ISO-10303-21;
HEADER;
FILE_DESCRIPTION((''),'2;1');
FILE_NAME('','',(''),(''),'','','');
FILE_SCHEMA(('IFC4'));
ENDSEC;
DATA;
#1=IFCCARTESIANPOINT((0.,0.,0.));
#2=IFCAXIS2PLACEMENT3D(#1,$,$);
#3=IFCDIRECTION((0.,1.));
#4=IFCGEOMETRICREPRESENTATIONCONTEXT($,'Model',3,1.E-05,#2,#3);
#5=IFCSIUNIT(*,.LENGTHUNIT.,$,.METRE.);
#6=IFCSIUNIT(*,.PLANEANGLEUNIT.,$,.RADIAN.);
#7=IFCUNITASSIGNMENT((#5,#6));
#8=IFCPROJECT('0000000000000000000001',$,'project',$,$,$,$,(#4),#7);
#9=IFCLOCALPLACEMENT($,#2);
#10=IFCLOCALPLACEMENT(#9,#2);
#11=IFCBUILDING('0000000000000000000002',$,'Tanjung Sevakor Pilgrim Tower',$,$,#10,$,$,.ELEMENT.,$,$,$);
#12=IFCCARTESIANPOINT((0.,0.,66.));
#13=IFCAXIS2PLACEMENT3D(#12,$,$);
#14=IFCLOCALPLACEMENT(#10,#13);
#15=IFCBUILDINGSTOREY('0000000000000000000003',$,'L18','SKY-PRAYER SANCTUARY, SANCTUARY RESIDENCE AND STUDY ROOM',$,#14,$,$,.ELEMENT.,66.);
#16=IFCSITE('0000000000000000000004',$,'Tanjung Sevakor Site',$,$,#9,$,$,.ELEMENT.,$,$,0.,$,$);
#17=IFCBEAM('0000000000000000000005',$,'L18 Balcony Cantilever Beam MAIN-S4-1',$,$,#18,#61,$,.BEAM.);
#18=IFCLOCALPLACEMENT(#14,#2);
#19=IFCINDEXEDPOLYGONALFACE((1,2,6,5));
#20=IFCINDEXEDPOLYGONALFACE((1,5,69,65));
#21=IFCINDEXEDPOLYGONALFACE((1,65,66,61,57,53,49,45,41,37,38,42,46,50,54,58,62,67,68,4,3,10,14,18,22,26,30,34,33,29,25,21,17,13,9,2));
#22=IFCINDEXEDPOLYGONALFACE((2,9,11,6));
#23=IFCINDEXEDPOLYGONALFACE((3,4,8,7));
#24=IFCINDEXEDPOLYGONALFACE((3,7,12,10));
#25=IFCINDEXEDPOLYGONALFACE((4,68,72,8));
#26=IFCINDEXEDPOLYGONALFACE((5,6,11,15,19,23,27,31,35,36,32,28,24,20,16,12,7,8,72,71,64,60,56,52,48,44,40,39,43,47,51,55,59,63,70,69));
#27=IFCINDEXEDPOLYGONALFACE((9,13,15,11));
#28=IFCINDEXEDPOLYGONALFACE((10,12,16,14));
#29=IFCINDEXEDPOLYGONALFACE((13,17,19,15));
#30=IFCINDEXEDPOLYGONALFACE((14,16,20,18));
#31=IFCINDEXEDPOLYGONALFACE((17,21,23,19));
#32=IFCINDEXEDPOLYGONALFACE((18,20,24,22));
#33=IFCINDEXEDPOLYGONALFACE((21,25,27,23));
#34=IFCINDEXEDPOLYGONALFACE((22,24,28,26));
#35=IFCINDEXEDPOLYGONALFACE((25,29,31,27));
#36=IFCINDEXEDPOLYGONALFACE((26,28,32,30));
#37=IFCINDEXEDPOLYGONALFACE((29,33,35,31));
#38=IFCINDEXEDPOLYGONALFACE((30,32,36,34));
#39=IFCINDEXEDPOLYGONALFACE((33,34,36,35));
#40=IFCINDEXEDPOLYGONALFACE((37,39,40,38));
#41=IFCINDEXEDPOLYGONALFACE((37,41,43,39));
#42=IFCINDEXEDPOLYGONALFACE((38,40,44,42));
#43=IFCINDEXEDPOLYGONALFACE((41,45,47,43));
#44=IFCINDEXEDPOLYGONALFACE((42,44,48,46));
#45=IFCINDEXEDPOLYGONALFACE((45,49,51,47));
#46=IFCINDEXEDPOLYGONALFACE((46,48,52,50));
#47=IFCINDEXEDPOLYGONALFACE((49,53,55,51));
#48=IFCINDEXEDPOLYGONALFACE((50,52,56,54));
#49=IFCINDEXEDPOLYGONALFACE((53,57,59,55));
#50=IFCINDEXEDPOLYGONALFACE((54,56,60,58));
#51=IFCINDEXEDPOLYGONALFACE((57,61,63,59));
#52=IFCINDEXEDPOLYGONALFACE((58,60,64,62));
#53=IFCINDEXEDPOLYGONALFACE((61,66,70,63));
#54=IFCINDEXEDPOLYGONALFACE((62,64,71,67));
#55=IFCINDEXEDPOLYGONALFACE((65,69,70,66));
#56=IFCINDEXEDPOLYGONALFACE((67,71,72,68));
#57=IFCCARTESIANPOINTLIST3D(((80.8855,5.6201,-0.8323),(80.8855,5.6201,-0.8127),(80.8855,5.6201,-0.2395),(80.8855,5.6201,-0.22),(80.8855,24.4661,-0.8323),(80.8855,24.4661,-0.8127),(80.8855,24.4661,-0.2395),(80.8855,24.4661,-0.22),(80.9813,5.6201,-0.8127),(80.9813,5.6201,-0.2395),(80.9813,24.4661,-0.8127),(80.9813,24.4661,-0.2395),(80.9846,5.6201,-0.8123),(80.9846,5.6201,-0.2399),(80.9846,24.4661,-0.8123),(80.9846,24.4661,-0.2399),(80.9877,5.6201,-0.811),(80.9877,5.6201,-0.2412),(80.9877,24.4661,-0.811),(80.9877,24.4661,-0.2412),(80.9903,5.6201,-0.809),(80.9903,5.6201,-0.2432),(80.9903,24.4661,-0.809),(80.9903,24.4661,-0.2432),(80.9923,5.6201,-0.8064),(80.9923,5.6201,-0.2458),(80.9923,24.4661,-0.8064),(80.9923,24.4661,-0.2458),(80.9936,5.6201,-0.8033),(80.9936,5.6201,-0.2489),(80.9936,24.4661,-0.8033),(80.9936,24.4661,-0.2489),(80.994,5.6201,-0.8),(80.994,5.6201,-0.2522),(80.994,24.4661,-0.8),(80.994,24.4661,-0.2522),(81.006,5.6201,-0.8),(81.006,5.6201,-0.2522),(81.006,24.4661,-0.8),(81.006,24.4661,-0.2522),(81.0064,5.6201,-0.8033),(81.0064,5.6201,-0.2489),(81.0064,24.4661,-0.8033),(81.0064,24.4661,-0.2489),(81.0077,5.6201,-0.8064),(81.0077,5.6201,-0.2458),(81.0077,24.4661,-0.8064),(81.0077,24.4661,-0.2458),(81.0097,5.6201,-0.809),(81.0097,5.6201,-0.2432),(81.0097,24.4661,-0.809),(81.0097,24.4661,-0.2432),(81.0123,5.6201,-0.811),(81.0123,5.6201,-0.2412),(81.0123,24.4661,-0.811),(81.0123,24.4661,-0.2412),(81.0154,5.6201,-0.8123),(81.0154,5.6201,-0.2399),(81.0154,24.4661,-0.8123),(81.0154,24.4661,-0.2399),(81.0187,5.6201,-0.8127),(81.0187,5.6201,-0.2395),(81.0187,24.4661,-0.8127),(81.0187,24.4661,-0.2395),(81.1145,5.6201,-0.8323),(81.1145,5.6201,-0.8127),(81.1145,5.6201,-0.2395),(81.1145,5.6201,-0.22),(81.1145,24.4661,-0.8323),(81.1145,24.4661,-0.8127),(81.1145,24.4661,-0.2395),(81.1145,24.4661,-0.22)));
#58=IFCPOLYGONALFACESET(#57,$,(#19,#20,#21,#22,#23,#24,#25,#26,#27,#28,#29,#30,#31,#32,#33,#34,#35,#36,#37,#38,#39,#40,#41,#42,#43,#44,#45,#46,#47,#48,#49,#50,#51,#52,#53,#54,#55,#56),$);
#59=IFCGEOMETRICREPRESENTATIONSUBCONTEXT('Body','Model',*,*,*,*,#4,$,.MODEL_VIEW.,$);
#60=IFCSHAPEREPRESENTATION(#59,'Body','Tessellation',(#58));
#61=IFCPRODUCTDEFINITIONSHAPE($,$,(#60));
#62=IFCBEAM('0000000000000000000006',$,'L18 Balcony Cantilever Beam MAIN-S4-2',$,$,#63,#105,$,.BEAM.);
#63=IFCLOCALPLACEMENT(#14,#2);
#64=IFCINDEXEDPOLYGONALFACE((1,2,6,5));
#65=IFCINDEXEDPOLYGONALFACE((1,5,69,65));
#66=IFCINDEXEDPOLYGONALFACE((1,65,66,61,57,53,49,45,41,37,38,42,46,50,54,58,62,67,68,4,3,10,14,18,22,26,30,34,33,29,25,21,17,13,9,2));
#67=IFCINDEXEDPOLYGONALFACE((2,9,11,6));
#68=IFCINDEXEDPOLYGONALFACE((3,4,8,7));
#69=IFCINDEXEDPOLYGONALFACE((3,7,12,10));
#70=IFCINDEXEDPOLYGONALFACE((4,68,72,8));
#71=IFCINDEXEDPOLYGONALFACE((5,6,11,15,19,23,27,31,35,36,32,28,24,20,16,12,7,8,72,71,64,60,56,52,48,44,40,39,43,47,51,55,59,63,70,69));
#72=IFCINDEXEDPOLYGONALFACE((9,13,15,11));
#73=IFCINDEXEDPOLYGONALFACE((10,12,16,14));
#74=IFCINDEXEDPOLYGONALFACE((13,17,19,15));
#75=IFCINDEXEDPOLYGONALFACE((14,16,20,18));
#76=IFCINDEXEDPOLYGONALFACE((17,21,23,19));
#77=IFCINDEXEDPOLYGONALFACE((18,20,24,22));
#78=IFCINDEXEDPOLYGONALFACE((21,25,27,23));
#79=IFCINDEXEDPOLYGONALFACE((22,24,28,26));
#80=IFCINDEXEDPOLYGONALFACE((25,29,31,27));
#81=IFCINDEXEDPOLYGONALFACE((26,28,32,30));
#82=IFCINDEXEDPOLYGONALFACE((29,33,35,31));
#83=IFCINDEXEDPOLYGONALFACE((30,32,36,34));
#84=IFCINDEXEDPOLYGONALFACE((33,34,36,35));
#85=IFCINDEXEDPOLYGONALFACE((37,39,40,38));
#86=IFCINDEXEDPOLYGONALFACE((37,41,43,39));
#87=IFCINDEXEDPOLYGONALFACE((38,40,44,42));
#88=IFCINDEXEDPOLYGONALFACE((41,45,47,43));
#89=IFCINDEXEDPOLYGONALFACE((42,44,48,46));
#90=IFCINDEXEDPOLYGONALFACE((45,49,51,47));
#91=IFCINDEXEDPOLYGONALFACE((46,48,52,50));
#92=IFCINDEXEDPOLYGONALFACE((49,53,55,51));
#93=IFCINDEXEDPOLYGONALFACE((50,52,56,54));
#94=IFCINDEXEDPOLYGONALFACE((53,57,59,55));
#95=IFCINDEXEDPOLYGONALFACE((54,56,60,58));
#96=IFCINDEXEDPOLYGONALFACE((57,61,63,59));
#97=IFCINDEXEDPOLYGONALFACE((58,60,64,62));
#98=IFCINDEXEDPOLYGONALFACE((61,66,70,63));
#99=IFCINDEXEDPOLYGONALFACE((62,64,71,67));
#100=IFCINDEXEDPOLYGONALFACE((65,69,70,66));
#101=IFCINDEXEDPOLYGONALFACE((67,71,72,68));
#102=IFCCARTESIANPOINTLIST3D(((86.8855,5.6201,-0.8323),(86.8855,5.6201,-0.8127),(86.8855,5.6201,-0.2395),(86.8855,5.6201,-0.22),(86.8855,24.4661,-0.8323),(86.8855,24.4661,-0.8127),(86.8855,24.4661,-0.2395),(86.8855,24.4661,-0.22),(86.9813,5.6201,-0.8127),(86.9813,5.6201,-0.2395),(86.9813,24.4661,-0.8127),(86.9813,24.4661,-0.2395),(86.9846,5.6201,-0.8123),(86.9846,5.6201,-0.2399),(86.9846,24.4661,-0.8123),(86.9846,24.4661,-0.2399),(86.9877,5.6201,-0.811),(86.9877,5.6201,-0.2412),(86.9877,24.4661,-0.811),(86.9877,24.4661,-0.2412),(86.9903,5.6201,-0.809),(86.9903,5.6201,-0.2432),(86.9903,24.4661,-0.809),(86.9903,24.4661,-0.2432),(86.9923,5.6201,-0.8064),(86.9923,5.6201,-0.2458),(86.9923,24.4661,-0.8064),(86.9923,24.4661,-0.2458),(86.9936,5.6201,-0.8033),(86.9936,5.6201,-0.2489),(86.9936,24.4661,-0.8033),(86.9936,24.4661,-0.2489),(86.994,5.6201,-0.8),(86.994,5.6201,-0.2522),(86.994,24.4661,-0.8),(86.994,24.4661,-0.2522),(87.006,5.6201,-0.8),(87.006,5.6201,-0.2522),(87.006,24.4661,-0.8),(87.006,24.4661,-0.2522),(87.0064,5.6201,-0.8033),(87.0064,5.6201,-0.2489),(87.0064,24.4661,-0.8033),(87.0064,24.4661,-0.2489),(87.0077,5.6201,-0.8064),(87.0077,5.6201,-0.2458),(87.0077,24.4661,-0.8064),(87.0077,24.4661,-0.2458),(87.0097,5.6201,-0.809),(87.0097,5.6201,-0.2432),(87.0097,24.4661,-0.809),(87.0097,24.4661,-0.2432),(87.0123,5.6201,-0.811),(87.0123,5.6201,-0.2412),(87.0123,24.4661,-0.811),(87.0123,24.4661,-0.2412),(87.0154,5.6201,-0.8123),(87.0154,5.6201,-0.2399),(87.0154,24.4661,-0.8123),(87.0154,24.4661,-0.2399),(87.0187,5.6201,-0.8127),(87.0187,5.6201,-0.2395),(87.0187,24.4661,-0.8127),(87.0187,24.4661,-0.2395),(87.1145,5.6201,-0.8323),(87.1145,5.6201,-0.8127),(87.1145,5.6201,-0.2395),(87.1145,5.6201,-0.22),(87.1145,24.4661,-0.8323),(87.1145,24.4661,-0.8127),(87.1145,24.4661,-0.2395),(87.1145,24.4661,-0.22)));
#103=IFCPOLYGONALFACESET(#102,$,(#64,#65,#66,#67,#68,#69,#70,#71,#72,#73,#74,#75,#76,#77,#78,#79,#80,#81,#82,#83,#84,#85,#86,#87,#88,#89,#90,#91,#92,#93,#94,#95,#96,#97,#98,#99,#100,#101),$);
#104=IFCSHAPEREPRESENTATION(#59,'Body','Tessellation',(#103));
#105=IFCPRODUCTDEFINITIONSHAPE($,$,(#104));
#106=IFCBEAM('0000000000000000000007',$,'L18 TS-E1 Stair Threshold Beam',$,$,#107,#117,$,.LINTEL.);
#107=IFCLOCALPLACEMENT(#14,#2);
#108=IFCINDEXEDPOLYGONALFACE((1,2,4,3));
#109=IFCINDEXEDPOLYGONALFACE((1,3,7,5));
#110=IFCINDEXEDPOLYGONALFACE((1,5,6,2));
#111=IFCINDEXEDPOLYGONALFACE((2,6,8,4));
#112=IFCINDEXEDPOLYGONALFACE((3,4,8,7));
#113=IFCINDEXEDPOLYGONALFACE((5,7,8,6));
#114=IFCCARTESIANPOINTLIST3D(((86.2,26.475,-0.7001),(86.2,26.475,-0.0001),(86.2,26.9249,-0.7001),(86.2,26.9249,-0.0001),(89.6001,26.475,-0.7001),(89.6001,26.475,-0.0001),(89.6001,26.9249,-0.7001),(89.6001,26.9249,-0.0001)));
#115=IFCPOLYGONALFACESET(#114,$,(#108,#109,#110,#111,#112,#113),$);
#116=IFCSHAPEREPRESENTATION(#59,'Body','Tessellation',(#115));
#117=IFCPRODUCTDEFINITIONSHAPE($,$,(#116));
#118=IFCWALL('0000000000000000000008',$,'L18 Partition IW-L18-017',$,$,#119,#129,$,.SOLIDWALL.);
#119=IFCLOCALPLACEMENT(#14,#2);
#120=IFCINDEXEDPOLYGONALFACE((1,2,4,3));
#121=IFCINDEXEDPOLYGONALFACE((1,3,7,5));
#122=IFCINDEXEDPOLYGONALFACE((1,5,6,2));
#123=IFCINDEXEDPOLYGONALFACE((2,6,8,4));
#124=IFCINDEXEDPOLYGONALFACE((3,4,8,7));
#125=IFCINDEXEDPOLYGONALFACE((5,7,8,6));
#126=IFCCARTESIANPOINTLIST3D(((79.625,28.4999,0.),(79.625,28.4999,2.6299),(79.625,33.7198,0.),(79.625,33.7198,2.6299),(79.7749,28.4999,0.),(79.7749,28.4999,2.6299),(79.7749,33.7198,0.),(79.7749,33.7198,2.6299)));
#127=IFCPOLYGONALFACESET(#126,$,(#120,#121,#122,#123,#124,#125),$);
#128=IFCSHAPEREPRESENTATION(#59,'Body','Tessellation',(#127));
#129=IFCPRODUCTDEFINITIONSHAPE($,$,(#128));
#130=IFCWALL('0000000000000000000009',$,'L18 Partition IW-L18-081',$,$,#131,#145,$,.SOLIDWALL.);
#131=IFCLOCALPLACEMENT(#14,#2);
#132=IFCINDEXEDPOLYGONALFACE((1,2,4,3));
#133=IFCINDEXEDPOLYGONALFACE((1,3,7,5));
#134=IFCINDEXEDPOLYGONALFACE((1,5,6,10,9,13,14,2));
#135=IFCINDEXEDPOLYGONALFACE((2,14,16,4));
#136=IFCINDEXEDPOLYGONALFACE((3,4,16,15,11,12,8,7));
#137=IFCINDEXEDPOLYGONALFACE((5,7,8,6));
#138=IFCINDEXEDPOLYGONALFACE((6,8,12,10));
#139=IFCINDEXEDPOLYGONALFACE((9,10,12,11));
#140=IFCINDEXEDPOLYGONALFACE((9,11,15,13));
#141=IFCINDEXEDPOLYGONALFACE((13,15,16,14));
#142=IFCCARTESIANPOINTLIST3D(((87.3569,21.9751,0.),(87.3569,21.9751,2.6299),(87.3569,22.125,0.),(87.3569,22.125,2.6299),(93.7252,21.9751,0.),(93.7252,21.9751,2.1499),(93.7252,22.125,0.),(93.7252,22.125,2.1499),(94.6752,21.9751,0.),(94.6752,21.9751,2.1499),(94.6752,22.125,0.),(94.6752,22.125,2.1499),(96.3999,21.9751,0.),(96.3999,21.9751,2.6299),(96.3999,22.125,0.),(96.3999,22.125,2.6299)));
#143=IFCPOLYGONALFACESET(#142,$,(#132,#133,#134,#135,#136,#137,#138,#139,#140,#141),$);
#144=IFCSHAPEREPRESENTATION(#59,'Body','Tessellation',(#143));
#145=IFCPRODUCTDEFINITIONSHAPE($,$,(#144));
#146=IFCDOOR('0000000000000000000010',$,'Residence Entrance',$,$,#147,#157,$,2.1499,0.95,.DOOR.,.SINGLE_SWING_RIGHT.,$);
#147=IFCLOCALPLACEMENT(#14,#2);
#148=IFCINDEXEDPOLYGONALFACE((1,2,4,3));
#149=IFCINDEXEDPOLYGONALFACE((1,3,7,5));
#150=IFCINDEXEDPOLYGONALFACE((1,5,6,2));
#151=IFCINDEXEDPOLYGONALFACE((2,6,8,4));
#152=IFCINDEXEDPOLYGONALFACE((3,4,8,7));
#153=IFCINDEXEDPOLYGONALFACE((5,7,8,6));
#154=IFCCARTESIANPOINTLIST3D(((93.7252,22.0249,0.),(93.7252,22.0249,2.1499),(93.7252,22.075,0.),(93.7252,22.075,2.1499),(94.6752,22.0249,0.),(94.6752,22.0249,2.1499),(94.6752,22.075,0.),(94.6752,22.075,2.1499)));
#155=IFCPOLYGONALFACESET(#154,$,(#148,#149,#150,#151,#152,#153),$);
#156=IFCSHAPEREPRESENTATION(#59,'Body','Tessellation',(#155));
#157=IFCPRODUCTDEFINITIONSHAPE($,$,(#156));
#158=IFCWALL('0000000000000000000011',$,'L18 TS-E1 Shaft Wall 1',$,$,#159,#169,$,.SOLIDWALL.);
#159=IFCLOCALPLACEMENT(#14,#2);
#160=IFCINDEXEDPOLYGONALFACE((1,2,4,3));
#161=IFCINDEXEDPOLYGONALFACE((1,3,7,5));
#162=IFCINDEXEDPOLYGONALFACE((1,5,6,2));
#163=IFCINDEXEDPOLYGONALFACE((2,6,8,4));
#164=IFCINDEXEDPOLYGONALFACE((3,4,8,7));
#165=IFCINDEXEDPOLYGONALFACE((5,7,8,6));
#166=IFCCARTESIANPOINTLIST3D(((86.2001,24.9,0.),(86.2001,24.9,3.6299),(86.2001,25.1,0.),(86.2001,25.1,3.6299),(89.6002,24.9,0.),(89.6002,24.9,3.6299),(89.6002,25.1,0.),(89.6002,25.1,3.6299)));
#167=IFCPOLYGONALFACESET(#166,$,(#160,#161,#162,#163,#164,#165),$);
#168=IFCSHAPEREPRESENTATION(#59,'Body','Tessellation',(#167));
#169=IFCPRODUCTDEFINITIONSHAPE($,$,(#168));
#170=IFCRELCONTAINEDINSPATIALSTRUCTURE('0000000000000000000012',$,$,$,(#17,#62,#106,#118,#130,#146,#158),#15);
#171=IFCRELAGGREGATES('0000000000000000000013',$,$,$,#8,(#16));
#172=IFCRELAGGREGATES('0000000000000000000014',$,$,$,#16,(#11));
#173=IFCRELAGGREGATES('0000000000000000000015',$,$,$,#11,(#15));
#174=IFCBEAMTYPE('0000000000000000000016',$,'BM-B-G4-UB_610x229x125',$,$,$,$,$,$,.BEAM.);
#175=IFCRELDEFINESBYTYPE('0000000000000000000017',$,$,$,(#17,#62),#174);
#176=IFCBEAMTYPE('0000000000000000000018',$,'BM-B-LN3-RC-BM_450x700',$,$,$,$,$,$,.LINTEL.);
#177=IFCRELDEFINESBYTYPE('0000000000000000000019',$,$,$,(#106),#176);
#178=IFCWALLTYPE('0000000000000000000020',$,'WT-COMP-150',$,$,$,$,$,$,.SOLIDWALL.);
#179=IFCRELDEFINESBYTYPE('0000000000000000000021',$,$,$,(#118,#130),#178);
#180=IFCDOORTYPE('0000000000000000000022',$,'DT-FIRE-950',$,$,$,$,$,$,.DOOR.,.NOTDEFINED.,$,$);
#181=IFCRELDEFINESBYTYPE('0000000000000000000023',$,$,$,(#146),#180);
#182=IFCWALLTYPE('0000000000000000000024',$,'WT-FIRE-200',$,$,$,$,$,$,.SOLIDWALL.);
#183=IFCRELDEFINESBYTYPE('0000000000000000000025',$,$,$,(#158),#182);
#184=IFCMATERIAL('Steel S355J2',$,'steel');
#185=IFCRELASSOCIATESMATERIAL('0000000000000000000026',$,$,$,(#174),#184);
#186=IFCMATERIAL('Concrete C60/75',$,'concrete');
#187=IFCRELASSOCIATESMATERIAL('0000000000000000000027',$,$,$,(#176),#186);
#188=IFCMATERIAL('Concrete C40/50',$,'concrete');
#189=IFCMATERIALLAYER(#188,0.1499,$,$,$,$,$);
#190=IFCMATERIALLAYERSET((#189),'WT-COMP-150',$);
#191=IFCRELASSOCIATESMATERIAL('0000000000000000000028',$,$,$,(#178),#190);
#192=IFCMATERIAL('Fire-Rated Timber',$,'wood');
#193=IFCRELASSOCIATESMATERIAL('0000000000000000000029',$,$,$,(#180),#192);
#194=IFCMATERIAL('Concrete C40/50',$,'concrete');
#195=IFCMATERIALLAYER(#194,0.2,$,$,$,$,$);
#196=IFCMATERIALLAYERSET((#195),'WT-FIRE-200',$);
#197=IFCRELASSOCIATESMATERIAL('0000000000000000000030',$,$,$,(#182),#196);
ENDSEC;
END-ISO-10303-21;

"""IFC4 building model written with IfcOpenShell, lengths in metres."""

from ifc_helpers import new_model, si_unit, direction, frame, frame_2d, origin, origin_2d, place, context, subcontext, project, spatial, rectangle, i_section, extrude, material, layer, layer_set, material_profile, profile_set, type_object, element, fill, save


model = new_model("IFC4")

# Units and contexts
model_context = context("Model", 3, precision=1e-05, world=origin(), true_north=direction((0.0, 1.0)))
body_context = subcontext(model_context, "Body", "Model", "MODEL_VIEW")
ifc_project = project(units=[si_unit("LENGTHUNIT", "METRE"), si_unit("PLANEANGLEUNIT", "RADIAN")], contexts=[model_context])

# Site, building, storey
site_placement = place(None, origin())
site = spatial("IfcSite", under=ifc_project, at=site_placement, Name="Tanjung Sevakor Site", CompositionType="ELEMENT", RefElevation=0.0)
building_placement = place(site_placement, origin())
building = spatial("IfcBuilding", under=site, at=building_placement, Name="Tanjung Sevakor Pilgrim Tower", CompositionType="ELEMENT")
storey_placement = place(building_placement, frame((0.0, 0.0, 66.0)))
storey = spatial("IfcBuildingStorey", under=building, at=storey_placement, Name="L18", Description="SKY-PRAYER SANCTUARY, SANCTUARY RESIDENCE AND STUDY ROOM", CompositionType="ELEMENT", Elevation=66.0)

# Beams
ifc_material_1 = material(Name="Steel S355J2", Category="steel")
ifc_material_profile_1 = material_profile(ifc_material_1, i_section(OverallWidth=0.229, OverallDepth=0.6123, WebThickness=0.012, FlangeThickness=0.0195, FilletRadius=0.0127, at=origin_2d()))
ifc_profile_set_1 = profile_set([ifc_material_profile_1], Name="Steel S355J2")
beam_type_1 = type_object("IfcBeamType", Name="BM-B-G4-UB_610x229x125", PredefinedType="BEAM", material=ifc_profile_set_1)
for number, where, z_axis, x_axis, name in (
    (1, (81.0, 24.4661, -0.5261), (0.0, -1.0, 0.0), (1.0, 0.0, 0.0), "L18 Balcony Cantilever Beam MAIN-S4-1"),
    (2, (87.0, 24.4661, -0.5261), (0.0, -1.0, 0.0), (1.0, 0.0, 0.0), "L18 Balcony Cantilever Beam MAIN-S4-2"),
):
    element("IfcBeam", number, at=place(storey_placement, frame(where, z_axis=z_axis, x_axis=x_axis)), inside=storey, type_object=beam_type_1, Name=name, PredefinedType="BEAM", context=body_context, shape_type="SweptSolid", body=[
        extrude(i_section(OverallWidth=0.229, OverallDepth=0.6123, WebThickness=0.012, FlangeThickness=0.0195, FilletRadius=0.0127, at=origin_2d()), origin(), (0.0, 0.0, 1.0), 18.8459),
    ])
ifc_material_2 = material(Name="Concrete C60/75", Category="concrete")
ifc_material_profile_2 = material_profile(ifc_material_2, rectangle(XDim=0.45, YDim=0.7, at=origin_2d()))
ifc_profile_set_2 = profile_set([ifc_material_profile_2], Name="Concrete C60/75")
beam_type_2 = type_object("IfcBeamType", Name="BM-B-LN3-RC-BM_450x700", PredefinedType="LINTEL", material=ifc_profile_set_2)
beam_placement = place(storey_placement, frame((86.2, 26.7, -0.3501), z_axis=(1.0, 0.0, 0.0), x_axis=(0.0, 1.0, 0.0)))
element("IfcBeam", 3, at=beam_placement, inside=storey, type_object=beam_type_2, Name="L18 TS-E1 Stair Threshold Beam", PredefinedType="LINTEL", context=body_context, shape_type="SweptSolid", body=[
    extrude(rectangle(XDim=0.45, YDim=0.7, at=origin_2d()), origin(), (0.0, 0.0, 1.0), 3.4001),
])

# Wall
ifc_material_3 = material(Name="Concrete C40/50", Category="concrete")
ifc_layer_1 = layer(ifc_material_3, 0.1499)
ifc_layer_set_1 = layer_set([ifc_layer_1], Name="WT-COMP-150")
wall_type_1 = type_object("IfcWallType", Name="WT-COMP-150", PredefinedType="SOLIDWALL", material=ifc_layer_set_1)
wall_1_placement = place(storey_placement, frame((79.7, 28.5, 0.0), z_axis=(0.0, 0.0, 1.0), x_axis=(0.0, 1.0, 0.0)))
element("IfcWall", 4, at=wall_1_placement, inside=storey, type_object=wall_type_1, Name="L18 Partition IW-L18-017", PredefinedType="SOLIDWALL", context=body_context, shape_type="SweptSolid", body=[
    extrude(rectangle(XDim=5.22, YDim=0.1499, at=frame_2d((2.6099, 0.0))), origin(), (0.0, 0.0, 1.0), 2.6299),
])

# Wall, opening, door
ifc_material_4 = material(Name="Fire-Rated Timber", Category="wood")
door_type_1 = type_object("IfcDoorType", Name="DT-FIRE-950", OperationType="NOTDEFINED", PredefinedType="DOOR", material=ifc_material_4)
wall_2_placement = place(storey_placement, frame((87.3569, 22.05, 0.0), z_axis=(0.0, 0.0, 1.0), x_axis=(1.0, 0.0, 0.0)))
wall_2 = element("IfcWall", 5, at=wall_2_placement, inside=storey, type_object=wall_type_1, Name="L18 Partition IW-L18-081", PredefinedType="SOLIDWALL", context=body_context, shape_type="SweptSolid", body=[
    extrude(rectangle(XDim=9.043, YDim=0.1499, at=frame_2d((4.5215, 0.0))), origin(), (0.0, 0.0, 1.0), 2.6299),
])
opening_1_placement = place(wall_2_placement, frame((6.3682, 0.0, 0.0)))
opening_1 = element("IfcOpeningElement", 6, at=opening_1_placement, cuts=wall_2, PredefinedType="OPENING", context=body_context, shape_type="SweptSolid", body=[
    extrude(rectangle(XDim=0.95, YDim=2.1499, at=frame_2d((0.4751, 1.075))), frame((0.0, 0.085, 0.0), z_axis=(0.0, -1.0, 0.0), x_axis=(1.0, 0.0, 0.0)), (0.0, 0.0, 1.0), 0.1699),
])
door_1_placement = place(opening_1_placement, origin())
door_1 = element("IfcDoor", 7, at=door_1_placement, inside=storey, type_object=door_type_1, Name="Residence Entrance", OperationType="SINGLE_SWING_RIGHT", OverallHeight=2.1499, OverallWidth=0.95, PredefinedType="DOOR", context=body_context, shape_type="SweptSolid", body=[
    extrude(rectangle(XDim=0.95, YDim=2.1499, at=frame_2d((0.4751, 1.075))), frame((0.0, 0.0249, 0.0), z_axis=(0.0, -1.0, 0.0), x_axis=(1.0, 0.0, 0.0)), (0.0, 0.0, 1.0), 0.05),
])
fill(opening_1, door_1)

# Wall
ifc_material_5 = material(Name="Concrete C40/50", Category="concrete")
ifc_layer_2 = layer(ifc_material_5, 0.2)
ifc_layer_set_2 = layer_set([ifc_layer_2], Name="WT-FIRE-200")
wall_type_2 = type_object("IfcWallType", Name="WT-FIRE-200", PredefinedType="SOLIDWALL", material=ifc_layer_set_2)
wall_3_placement = place(storey_placement, frame((86.2, 25.0, 0.0), z_axis=(0.0, 0.0, 1.0), x_axis=(1.0, 0.0, 0.0)))
element("IfcWall", 8, at=wall_3_placement, inside=storey, type_object=wall_type_2, Name="L18 TS-E1 Shaft Wall 1", PredefinedType="SOLIDWALL", context=body_context, shape_type="SweptSolid", body=[
    extrude(rectangle(XDim=3.4001, YDim=0.2, at=frame_2d((1.7002, 0.0))), origin(), (0.0, 0.0, 1.0), 3.6299),
])

save(model, "model.ifc")
